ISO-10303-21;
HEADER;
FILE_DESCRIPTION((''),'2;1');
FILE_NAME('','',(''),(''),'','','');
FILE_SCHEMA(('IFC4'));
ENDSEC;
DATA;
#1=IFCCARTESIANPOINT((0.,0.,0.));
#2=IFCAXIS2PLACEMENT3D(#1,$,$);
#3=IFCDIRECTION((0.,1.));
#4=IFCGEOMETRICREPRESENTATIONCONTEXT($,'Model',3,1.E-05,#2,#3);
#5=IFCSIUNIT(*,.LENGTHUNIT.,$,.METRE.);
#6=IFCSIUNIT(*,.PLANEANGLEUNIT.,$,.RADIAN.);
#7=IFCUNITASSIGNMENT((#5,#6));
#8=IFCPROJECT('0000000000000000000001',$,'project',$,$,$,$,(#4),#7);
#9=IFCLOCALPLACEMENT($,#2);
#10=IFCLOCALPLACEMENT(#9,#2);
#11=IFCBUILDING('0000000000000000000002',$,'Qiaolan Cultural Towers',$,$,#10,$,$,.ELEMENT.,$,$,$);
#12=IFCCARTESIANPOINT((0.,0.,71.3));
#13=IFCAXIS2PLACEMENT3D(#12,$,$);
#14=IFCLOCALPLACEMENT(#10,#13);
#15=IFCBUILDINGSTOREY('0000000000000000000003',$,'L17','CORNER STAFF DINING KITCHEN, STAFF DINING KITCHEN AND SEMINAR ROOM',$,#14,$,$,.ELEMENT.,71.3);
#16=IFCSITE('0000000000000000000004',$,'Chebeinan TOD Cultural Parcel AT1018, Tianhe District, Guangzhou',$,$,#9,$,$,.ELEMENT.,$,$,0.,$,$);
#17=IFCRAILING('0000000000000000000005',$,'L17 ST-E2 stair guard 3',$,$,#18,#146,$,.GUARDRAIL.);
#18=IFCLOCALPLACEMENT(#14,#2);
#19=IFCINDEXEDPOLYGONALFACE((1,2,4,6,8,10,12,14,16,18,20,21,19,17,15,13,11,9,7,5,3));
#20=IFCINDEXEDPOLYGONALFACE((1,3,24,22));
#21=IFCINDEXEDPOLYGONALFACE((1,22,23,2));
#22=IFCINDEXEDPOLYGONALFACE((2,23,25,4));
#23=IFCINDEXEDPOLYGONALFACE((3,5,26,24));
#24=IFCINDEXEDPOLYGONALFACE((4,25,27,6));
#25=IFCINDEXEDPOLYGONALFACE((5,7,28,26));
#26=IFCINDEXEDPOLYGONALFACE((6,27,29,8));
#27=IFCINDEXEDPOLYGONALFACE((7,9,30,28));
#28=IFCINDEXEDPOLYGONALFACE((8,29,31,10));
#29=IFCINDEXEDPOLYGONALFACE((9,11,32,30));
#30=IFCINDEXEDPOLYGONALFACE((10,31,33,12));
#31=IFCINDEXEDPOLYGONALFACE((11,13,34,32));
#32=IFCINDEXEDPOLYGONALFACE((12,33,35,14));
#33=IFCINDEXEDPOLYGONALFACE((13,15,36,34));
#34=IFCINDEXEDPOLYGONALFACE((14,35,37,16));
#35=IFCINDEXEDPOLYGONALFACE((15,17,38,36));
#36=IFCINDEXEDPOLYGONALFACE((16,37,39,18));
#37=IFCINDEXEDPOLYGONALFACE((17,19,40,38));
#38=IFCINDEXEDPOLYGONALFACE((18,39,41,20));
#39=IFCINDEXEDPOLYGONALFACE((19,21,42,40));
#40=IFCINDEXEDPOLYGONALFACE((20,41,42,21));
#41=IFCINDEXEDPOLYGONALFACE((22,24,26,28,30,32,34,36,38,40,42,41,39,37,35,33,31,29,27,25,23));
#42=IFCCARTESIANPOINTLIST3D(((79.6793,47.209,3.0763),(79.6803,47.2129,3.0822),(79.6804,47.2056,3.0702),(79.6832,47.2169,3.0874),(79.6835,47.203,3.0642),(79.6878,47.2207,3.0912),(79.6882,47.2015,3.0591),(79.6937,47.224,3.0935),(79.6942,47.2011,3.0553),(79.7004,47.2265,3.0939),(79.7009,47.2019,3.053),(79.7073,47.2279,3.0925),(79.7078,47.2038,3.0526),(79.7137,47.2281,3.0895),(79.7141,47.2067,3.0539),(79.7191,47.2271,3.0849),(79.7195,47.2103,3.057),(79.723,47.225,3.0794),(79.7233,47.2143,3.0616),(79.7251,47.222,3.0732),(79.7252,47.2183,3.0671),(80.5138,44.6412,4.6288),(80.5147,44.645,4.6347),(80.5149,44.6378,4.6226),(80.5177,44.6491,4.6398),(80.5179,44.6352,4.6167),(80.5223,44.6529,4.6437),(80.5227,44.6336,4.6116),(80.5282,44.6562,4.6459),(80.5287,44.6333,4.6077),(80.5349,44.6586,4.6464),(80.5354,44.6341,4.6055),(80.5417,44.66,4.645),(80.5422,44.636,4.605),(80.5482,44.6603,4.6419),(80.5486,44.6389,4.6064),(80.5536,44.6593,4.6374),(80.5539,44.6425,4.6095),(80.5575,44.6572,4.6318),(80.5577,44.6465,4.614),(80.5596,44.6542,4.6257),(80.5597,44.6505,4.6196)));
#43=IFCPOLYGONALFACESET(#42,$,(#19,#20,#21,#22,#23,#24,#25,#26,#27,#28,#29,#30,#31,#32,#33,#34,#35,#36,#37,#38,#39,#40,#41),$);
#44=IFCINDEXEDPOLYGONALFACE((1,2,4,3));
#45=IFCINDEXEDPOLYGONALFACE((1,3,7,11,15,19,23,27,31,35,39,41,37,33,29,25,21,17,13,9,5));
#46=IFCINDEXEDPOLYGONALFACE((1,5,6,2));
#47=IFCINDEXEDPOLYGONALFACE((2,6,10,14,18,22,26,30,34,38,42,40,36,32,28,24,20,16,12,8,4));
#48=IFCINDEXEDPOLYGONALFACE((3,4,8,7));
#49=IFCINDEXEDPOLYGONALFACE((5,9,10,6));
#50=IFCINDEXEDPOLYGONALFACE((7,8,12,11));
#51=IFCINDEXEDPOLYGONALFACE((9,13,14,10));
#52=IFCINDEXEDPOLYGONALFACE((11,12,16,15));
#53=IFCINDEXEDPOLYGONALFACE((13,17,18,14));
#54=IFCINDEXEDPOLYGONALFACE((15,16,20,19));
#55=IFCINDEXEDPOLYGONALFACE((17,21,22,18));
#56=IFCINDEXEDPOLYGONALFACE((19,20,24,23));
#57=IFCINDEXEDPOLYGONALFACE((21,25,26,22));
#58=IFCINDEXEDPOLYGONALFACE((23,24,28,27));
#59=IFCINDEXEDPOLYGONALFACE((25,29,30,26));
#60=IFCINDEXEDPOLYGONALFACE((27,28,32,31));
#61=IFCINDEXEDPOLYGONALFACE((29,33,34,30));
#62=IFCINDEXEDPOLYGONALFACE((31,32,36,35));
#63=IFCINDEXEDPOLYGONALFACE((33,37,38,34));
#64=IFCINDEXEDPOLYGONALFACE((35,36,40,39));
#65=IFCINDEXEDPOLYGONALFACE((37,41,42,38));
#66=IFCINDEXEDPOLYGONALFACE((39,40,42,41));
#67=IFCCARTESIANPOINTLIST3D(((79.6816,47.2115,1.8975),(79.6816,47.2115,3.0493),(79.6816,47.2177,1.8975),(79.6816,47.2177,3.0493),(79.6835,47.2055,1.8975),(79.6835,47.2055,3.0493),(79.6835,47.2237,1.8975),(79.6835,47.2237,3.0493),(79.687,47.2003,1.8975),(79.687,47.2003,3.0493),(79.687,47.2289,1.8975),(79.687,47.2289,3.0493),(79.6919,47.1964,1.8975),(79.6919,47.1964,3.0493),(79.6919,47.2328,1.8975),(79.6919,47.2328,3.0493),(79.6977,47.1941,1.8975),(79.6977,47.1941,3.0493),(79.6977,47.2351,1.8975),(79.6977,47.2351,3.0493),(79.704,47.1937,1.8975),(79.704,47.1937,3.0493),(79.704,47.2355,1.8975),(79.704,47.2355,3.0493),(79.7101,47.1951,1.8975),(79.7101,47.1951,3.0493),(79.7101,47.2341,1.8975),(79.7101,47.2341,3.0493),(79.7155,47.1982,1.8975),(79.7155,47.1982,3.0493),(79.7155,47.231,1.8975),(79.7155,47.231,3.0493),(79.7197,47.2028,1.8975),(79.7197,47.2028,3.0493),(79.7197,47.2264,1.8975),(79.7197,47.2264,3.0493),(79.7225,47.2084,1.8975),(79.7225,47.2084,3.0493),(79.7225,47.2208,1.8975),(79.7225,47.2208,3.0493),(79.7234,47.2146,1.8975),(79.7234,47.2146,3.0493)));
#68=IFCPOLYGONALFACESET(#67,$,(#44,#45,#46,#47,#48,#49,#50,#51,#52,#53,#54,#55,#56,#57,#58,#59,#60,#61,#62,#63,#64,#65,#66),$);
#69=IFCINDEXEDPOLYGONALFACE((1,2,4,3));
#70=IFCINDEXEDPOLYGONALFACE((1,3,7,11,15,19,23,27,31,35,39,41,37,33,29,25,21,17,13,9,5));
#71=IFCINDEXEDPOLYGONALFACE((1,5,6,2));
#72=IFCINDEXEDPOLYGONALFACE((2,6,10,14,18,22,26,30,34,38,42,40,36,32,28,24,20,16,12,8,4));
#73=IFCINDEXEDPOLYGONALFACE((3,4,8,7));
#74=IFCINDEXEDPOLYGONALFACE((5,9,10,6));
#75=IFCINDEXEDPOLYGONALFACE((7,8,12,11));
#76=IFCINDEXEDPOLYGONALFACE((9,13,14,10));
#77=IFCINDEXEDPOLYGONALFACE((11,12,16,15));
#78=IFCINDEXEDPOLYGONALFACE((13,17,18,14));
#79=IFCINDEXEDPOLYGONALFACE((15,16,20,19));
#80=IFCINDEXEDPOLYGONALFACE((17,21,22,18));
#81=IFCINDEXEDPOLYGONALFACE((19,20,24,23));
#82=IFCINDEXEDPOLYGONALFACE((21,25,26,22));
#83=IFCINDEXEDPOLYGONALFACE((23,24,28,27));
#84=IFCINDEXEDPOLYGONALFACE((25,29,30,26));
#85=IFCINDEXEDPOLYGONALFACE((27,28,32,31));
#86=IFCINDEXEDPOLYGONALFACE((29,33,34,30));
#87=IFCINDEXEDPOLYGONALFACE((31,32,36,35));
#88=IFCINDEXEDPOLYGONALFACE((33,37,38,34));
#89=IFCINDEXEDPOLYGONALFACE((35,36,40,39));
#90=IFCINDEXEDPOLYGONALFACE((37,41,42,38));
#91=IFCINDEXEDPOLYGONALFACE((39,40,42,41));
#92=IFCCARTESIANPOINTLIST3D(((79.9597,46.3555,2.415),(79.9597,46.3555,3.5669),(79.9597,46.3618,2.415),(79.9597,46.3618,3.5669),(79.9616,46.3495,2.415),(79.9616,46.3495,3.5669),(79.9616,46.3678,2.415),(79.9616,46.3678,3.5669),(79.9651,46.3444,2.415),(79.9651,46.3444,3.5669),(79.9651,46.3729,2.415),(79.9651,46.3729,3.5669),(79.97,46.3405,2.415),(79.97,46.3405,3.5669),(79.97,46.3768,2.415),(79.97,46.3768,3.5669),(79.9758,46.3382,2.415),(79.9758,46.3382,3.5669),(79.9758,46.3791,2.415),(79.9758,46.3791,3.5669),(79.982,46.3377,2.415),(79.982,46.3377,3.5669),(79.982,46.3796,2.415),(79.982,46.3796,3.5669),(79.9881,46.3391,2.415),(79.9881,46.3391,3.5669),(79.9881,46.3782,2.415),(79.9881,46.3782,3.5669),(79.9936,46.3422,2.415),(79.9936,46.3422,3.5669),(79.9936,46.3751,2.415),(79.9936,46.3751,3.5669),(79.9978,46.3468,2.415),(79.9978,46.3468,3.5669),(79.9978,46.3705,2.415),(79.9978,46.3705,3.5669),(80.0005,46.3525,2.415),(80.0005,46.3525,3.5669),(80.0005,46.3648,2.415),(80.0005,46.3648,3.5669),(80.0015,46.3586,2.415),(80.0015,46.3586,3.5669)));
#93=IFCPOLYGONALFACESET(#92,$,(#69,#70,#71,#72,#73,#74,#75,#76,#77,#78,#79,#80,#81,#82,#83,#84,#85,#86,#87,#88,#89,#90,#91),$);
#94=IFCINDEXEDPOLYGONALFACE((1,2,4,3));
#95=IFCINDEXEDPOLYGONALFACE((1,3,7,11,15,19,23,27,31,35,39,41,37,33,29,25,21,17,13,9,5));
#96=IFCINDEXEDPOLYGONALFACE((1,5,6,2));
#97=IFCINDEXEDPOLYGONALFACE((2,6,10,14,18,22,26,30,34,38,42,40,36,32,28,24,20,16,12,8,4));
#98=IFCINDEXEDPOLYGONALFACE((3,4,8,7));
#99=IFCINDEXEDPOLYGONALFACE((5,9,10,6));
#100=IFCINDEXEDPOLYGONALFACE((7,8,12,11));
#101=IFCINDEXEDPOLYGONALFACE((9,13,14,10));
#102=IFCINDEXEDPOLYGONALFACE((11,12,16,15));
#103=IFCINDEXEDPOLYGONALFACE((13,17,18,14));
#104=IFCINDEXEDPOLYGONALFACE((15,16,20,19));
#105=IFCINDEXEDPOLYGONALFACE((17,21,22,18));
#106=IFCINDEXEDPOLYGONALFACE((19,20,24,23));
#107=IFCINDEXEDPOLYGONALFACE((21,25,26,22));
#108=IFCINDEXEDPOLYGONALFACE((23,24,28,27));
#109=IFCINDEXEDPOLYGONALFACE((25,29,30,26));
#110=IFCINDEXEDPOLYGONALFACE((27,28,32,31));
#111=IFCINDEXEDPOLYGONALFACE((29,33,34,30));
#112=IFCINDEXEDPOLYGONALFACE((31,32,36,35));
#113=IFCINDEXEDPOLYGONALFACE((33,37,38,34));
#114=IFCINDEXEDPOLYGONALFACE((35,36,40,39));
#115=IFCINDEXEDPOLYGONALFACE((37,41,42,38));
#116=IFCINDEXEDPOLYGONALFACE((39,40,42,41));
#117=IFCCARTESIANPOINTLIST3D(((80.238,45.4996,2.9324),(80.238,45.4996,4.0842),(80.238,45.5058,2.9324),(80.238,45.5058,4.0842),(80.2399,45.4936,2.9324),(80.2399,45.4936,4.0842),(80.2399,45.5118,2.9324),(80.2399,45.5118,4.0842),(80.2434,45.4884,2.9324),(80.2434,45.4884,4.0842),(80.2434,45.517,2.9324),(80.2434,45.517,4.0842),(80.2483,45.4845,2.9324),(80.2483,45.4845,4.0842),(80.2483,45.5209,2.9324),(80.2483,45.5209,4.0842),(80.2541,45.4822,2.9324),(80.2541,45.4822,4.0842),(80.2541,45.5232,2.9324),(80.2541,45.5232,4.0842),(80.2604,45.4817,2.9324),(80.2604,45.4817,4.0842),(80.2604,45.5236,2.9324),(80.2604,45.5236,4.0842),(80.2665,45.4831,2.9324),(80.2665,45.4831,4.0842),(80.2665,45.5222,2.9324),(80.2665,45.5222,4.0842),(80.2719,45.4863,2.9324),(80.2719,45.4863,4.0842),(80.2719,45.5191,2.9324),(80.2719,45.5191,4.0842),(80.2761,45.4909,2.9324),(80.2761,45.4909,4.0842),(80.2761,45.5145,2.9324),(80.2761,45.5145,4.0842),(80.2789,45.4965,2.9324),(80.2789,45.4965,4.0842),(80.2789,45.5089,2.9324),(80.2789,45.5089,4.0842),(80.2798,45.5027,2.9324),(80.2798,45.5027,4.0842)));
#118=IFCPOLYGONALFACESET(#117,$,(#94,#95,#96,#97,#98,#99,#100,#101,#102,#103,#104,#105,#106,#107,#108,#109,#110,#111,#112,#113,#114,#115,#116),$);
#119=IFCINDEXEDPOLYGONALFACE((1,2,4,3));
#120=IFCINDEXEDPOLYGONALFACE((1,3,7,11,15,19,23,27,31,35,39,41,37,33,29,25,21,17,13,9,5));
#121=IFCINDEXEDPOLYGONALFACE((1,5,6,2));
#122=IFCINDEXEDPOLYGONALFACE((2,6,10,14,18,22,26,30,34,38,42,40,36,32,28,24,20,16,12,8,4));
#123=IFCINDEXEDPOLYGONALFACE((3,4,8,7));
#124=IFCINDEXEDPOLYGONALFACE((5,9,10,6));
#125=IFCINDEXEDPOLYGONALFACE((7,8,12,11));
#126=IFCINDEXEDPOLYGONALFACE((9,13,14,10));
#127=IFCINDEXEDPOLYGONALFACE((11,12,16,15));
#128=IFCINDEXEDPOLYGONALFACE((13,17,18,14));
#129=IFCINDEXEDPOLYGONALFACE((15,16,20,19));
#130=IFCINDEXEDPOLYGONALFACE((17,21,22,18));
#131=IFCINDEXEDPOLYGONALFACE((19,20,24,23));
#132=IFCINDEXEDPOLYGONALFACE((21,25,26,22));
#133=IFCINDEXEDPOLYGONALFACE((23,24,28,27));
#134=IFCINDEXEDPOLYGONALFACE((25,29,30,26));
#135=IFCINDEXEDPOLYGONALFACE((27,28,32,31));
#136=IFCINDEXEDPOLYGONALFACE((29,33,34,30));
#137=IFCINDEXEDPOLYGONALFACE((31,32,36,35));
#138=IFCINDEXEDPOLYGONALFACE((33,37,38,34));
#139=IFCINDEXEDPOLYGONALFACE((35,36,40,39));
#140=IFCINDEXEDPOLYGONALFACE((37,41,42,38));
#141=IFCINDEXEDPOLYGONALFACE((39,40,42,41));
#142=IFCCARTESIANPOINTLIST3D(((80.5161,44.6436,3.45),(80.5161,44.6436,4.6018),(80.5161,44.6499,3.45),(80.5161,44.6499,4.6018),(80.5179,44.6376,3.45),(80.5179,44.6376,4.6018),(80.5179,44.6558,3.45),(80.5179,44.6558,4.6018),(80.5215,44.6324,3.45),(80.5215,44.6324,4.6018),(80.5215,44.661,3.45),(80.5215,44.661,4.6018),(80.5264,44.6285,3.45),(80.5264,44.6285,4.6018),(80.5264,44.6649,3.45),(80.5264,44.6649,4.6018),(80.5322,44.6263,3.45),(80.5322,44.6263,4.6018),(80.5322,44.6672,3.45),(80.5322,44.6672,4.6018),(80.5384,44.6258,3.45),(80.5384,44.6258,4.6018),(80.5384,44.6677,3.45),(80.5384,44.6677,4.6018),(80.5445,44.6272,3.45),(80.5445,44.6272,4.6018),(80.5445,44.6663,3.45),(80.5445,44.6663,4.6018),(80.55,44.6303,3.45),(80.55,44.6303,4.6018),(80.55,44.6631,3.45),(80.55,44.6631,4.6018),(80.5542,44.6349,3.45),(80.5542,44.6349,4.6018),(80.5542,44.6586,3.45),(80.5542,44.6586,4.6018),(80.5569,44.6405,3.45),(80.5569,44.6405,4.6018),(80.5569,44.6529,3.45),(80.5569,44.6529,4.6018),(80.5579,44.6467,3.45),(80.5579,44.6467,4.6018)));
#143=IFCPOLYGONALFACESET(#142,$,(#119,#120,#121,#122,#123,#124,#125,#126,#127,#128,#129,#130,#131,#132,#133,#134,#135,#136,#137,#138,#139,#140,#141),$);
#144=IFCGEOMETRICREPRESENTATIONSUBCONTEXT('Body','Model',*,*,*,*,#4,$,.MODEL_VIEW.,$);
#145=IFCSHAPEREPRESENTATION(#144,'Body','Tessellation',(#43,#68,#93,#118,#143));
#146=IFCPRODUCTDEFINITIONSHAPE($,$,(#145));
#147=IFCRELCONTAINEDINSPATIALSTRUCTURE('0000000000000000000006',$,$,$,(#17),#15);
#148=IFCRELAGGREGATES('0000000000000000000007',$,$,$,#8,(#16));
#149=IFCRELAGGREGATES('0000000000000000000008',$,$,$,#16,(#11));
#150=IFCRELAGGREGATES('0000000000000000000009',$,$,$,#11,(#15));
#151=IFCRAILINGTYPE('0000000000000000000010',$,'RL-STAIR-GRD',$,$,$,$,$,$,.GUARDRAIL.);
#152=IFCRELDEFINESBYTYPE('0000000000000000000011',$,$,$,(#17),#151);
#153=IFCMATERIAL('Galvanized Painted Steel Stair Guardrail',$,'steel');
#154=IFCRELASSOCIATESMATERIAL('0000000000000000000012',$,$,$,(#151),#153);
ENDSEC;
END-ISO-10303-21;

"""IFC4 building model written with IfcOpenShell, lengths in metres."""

from ifc_helpers import new_model, si_unit, direction, frame, origin, origin_2d, place, context, subcontext, project, spatial, circle, extrude, material, type_object, element, save


model = new_model("IFC4")

# Units and contexts
model_context = context("Model", 3, precision=1e-05, world=origin(), true_north=direction((0.0, 1.0)))
body_context = subcontext(model_context, "Body", "Model", "MODEL_VIEW")
ifc_project = project(units=[si_unit("LENGTHUNIT", "METRE"), si_unit("PLANEANGLEUNIT", "RADIAN")], contexts=[model_context])

# Site, building, storey
site_placement = place(None, origin())
site = spatial("IfcSite", under=ifc_project, at=site_placement, Name="Chebeinan TOD Cultural Parcel AT1018, Tianhe District, Guangzhou", CompositionType="ELEMENT", RefElevation=0.0)
building_placement = place(site_placement, origin())
building = spatial("IfcBuilding", under=site, at=building_placement, Name="Qiaolan Cultural Towers", CompositionType="ELEMENT")
storey_placement = place(building_placement, frame((0.0, 0.0, 71.3)))
storey = spatial("IfcBuildingStorey", under=building, at=storey_placement, Name="L17", Description="CORNER STAFF DINING KITCHEN, STAFF DINING KITCHEN AND SEMINAR ROOM", CompositionType="ELEMENT", Elevation=71.3)

# Railing
ifc_material_1 = material(Name="Galvanized Painted Steel Stair Guardrail", Category="steel")
railing_type_1 = type_object("IfcRailingType", Name="RL-STAIR-GRD", PredefinedType="GUARDRAIL", material=ifc_material_1)
railing_1_placement = place(storey_placement, frame((79.7024, 47.2146, 1.8975)))
element("IfcRailing", 1, at=railing_1_placement, inside=storey, type_object=railing_type_1, Name="L17 ST-E2 stair guard 3", PredefinedType="GUARDRAIL", context=body_context, shape_type="SweptSolid", body=[
    extrude(circle(Radius=0.0239, at=origin_2d()), frame((0.0, 0.0, 1.1758), z_axis=(0.267926, -0.824471, 0.498461), x_axis=(0.951043, 0.309057, 0.0)), (0.0, 0.0, 1.0), 3.1145),
    extrude(circle(Radius=0.021, at=origin_2d()), origin(), (0.0, 0.0, 1.0), 1.1519),
    extrude(circle(Radius=0.021, at=origin_2d()), frame((0.2781, -0.856, 0.5176)), (0.0, 0.0, 1.0), 1.1519),
    extrude(circle(Radius=0.021, at=origin_2d()), frame((0.5564, -1.7119, 1.0349)), (0.0, 0.0, 1.0), 1.1519),
    extrude(circle(Radius=0.021, at=origin_2d()), frame((0.8345, -2.5679, 1.5525)), (0.0, 0.0, 1.0), 1.1519),
])

save(model, "model.ifc")
